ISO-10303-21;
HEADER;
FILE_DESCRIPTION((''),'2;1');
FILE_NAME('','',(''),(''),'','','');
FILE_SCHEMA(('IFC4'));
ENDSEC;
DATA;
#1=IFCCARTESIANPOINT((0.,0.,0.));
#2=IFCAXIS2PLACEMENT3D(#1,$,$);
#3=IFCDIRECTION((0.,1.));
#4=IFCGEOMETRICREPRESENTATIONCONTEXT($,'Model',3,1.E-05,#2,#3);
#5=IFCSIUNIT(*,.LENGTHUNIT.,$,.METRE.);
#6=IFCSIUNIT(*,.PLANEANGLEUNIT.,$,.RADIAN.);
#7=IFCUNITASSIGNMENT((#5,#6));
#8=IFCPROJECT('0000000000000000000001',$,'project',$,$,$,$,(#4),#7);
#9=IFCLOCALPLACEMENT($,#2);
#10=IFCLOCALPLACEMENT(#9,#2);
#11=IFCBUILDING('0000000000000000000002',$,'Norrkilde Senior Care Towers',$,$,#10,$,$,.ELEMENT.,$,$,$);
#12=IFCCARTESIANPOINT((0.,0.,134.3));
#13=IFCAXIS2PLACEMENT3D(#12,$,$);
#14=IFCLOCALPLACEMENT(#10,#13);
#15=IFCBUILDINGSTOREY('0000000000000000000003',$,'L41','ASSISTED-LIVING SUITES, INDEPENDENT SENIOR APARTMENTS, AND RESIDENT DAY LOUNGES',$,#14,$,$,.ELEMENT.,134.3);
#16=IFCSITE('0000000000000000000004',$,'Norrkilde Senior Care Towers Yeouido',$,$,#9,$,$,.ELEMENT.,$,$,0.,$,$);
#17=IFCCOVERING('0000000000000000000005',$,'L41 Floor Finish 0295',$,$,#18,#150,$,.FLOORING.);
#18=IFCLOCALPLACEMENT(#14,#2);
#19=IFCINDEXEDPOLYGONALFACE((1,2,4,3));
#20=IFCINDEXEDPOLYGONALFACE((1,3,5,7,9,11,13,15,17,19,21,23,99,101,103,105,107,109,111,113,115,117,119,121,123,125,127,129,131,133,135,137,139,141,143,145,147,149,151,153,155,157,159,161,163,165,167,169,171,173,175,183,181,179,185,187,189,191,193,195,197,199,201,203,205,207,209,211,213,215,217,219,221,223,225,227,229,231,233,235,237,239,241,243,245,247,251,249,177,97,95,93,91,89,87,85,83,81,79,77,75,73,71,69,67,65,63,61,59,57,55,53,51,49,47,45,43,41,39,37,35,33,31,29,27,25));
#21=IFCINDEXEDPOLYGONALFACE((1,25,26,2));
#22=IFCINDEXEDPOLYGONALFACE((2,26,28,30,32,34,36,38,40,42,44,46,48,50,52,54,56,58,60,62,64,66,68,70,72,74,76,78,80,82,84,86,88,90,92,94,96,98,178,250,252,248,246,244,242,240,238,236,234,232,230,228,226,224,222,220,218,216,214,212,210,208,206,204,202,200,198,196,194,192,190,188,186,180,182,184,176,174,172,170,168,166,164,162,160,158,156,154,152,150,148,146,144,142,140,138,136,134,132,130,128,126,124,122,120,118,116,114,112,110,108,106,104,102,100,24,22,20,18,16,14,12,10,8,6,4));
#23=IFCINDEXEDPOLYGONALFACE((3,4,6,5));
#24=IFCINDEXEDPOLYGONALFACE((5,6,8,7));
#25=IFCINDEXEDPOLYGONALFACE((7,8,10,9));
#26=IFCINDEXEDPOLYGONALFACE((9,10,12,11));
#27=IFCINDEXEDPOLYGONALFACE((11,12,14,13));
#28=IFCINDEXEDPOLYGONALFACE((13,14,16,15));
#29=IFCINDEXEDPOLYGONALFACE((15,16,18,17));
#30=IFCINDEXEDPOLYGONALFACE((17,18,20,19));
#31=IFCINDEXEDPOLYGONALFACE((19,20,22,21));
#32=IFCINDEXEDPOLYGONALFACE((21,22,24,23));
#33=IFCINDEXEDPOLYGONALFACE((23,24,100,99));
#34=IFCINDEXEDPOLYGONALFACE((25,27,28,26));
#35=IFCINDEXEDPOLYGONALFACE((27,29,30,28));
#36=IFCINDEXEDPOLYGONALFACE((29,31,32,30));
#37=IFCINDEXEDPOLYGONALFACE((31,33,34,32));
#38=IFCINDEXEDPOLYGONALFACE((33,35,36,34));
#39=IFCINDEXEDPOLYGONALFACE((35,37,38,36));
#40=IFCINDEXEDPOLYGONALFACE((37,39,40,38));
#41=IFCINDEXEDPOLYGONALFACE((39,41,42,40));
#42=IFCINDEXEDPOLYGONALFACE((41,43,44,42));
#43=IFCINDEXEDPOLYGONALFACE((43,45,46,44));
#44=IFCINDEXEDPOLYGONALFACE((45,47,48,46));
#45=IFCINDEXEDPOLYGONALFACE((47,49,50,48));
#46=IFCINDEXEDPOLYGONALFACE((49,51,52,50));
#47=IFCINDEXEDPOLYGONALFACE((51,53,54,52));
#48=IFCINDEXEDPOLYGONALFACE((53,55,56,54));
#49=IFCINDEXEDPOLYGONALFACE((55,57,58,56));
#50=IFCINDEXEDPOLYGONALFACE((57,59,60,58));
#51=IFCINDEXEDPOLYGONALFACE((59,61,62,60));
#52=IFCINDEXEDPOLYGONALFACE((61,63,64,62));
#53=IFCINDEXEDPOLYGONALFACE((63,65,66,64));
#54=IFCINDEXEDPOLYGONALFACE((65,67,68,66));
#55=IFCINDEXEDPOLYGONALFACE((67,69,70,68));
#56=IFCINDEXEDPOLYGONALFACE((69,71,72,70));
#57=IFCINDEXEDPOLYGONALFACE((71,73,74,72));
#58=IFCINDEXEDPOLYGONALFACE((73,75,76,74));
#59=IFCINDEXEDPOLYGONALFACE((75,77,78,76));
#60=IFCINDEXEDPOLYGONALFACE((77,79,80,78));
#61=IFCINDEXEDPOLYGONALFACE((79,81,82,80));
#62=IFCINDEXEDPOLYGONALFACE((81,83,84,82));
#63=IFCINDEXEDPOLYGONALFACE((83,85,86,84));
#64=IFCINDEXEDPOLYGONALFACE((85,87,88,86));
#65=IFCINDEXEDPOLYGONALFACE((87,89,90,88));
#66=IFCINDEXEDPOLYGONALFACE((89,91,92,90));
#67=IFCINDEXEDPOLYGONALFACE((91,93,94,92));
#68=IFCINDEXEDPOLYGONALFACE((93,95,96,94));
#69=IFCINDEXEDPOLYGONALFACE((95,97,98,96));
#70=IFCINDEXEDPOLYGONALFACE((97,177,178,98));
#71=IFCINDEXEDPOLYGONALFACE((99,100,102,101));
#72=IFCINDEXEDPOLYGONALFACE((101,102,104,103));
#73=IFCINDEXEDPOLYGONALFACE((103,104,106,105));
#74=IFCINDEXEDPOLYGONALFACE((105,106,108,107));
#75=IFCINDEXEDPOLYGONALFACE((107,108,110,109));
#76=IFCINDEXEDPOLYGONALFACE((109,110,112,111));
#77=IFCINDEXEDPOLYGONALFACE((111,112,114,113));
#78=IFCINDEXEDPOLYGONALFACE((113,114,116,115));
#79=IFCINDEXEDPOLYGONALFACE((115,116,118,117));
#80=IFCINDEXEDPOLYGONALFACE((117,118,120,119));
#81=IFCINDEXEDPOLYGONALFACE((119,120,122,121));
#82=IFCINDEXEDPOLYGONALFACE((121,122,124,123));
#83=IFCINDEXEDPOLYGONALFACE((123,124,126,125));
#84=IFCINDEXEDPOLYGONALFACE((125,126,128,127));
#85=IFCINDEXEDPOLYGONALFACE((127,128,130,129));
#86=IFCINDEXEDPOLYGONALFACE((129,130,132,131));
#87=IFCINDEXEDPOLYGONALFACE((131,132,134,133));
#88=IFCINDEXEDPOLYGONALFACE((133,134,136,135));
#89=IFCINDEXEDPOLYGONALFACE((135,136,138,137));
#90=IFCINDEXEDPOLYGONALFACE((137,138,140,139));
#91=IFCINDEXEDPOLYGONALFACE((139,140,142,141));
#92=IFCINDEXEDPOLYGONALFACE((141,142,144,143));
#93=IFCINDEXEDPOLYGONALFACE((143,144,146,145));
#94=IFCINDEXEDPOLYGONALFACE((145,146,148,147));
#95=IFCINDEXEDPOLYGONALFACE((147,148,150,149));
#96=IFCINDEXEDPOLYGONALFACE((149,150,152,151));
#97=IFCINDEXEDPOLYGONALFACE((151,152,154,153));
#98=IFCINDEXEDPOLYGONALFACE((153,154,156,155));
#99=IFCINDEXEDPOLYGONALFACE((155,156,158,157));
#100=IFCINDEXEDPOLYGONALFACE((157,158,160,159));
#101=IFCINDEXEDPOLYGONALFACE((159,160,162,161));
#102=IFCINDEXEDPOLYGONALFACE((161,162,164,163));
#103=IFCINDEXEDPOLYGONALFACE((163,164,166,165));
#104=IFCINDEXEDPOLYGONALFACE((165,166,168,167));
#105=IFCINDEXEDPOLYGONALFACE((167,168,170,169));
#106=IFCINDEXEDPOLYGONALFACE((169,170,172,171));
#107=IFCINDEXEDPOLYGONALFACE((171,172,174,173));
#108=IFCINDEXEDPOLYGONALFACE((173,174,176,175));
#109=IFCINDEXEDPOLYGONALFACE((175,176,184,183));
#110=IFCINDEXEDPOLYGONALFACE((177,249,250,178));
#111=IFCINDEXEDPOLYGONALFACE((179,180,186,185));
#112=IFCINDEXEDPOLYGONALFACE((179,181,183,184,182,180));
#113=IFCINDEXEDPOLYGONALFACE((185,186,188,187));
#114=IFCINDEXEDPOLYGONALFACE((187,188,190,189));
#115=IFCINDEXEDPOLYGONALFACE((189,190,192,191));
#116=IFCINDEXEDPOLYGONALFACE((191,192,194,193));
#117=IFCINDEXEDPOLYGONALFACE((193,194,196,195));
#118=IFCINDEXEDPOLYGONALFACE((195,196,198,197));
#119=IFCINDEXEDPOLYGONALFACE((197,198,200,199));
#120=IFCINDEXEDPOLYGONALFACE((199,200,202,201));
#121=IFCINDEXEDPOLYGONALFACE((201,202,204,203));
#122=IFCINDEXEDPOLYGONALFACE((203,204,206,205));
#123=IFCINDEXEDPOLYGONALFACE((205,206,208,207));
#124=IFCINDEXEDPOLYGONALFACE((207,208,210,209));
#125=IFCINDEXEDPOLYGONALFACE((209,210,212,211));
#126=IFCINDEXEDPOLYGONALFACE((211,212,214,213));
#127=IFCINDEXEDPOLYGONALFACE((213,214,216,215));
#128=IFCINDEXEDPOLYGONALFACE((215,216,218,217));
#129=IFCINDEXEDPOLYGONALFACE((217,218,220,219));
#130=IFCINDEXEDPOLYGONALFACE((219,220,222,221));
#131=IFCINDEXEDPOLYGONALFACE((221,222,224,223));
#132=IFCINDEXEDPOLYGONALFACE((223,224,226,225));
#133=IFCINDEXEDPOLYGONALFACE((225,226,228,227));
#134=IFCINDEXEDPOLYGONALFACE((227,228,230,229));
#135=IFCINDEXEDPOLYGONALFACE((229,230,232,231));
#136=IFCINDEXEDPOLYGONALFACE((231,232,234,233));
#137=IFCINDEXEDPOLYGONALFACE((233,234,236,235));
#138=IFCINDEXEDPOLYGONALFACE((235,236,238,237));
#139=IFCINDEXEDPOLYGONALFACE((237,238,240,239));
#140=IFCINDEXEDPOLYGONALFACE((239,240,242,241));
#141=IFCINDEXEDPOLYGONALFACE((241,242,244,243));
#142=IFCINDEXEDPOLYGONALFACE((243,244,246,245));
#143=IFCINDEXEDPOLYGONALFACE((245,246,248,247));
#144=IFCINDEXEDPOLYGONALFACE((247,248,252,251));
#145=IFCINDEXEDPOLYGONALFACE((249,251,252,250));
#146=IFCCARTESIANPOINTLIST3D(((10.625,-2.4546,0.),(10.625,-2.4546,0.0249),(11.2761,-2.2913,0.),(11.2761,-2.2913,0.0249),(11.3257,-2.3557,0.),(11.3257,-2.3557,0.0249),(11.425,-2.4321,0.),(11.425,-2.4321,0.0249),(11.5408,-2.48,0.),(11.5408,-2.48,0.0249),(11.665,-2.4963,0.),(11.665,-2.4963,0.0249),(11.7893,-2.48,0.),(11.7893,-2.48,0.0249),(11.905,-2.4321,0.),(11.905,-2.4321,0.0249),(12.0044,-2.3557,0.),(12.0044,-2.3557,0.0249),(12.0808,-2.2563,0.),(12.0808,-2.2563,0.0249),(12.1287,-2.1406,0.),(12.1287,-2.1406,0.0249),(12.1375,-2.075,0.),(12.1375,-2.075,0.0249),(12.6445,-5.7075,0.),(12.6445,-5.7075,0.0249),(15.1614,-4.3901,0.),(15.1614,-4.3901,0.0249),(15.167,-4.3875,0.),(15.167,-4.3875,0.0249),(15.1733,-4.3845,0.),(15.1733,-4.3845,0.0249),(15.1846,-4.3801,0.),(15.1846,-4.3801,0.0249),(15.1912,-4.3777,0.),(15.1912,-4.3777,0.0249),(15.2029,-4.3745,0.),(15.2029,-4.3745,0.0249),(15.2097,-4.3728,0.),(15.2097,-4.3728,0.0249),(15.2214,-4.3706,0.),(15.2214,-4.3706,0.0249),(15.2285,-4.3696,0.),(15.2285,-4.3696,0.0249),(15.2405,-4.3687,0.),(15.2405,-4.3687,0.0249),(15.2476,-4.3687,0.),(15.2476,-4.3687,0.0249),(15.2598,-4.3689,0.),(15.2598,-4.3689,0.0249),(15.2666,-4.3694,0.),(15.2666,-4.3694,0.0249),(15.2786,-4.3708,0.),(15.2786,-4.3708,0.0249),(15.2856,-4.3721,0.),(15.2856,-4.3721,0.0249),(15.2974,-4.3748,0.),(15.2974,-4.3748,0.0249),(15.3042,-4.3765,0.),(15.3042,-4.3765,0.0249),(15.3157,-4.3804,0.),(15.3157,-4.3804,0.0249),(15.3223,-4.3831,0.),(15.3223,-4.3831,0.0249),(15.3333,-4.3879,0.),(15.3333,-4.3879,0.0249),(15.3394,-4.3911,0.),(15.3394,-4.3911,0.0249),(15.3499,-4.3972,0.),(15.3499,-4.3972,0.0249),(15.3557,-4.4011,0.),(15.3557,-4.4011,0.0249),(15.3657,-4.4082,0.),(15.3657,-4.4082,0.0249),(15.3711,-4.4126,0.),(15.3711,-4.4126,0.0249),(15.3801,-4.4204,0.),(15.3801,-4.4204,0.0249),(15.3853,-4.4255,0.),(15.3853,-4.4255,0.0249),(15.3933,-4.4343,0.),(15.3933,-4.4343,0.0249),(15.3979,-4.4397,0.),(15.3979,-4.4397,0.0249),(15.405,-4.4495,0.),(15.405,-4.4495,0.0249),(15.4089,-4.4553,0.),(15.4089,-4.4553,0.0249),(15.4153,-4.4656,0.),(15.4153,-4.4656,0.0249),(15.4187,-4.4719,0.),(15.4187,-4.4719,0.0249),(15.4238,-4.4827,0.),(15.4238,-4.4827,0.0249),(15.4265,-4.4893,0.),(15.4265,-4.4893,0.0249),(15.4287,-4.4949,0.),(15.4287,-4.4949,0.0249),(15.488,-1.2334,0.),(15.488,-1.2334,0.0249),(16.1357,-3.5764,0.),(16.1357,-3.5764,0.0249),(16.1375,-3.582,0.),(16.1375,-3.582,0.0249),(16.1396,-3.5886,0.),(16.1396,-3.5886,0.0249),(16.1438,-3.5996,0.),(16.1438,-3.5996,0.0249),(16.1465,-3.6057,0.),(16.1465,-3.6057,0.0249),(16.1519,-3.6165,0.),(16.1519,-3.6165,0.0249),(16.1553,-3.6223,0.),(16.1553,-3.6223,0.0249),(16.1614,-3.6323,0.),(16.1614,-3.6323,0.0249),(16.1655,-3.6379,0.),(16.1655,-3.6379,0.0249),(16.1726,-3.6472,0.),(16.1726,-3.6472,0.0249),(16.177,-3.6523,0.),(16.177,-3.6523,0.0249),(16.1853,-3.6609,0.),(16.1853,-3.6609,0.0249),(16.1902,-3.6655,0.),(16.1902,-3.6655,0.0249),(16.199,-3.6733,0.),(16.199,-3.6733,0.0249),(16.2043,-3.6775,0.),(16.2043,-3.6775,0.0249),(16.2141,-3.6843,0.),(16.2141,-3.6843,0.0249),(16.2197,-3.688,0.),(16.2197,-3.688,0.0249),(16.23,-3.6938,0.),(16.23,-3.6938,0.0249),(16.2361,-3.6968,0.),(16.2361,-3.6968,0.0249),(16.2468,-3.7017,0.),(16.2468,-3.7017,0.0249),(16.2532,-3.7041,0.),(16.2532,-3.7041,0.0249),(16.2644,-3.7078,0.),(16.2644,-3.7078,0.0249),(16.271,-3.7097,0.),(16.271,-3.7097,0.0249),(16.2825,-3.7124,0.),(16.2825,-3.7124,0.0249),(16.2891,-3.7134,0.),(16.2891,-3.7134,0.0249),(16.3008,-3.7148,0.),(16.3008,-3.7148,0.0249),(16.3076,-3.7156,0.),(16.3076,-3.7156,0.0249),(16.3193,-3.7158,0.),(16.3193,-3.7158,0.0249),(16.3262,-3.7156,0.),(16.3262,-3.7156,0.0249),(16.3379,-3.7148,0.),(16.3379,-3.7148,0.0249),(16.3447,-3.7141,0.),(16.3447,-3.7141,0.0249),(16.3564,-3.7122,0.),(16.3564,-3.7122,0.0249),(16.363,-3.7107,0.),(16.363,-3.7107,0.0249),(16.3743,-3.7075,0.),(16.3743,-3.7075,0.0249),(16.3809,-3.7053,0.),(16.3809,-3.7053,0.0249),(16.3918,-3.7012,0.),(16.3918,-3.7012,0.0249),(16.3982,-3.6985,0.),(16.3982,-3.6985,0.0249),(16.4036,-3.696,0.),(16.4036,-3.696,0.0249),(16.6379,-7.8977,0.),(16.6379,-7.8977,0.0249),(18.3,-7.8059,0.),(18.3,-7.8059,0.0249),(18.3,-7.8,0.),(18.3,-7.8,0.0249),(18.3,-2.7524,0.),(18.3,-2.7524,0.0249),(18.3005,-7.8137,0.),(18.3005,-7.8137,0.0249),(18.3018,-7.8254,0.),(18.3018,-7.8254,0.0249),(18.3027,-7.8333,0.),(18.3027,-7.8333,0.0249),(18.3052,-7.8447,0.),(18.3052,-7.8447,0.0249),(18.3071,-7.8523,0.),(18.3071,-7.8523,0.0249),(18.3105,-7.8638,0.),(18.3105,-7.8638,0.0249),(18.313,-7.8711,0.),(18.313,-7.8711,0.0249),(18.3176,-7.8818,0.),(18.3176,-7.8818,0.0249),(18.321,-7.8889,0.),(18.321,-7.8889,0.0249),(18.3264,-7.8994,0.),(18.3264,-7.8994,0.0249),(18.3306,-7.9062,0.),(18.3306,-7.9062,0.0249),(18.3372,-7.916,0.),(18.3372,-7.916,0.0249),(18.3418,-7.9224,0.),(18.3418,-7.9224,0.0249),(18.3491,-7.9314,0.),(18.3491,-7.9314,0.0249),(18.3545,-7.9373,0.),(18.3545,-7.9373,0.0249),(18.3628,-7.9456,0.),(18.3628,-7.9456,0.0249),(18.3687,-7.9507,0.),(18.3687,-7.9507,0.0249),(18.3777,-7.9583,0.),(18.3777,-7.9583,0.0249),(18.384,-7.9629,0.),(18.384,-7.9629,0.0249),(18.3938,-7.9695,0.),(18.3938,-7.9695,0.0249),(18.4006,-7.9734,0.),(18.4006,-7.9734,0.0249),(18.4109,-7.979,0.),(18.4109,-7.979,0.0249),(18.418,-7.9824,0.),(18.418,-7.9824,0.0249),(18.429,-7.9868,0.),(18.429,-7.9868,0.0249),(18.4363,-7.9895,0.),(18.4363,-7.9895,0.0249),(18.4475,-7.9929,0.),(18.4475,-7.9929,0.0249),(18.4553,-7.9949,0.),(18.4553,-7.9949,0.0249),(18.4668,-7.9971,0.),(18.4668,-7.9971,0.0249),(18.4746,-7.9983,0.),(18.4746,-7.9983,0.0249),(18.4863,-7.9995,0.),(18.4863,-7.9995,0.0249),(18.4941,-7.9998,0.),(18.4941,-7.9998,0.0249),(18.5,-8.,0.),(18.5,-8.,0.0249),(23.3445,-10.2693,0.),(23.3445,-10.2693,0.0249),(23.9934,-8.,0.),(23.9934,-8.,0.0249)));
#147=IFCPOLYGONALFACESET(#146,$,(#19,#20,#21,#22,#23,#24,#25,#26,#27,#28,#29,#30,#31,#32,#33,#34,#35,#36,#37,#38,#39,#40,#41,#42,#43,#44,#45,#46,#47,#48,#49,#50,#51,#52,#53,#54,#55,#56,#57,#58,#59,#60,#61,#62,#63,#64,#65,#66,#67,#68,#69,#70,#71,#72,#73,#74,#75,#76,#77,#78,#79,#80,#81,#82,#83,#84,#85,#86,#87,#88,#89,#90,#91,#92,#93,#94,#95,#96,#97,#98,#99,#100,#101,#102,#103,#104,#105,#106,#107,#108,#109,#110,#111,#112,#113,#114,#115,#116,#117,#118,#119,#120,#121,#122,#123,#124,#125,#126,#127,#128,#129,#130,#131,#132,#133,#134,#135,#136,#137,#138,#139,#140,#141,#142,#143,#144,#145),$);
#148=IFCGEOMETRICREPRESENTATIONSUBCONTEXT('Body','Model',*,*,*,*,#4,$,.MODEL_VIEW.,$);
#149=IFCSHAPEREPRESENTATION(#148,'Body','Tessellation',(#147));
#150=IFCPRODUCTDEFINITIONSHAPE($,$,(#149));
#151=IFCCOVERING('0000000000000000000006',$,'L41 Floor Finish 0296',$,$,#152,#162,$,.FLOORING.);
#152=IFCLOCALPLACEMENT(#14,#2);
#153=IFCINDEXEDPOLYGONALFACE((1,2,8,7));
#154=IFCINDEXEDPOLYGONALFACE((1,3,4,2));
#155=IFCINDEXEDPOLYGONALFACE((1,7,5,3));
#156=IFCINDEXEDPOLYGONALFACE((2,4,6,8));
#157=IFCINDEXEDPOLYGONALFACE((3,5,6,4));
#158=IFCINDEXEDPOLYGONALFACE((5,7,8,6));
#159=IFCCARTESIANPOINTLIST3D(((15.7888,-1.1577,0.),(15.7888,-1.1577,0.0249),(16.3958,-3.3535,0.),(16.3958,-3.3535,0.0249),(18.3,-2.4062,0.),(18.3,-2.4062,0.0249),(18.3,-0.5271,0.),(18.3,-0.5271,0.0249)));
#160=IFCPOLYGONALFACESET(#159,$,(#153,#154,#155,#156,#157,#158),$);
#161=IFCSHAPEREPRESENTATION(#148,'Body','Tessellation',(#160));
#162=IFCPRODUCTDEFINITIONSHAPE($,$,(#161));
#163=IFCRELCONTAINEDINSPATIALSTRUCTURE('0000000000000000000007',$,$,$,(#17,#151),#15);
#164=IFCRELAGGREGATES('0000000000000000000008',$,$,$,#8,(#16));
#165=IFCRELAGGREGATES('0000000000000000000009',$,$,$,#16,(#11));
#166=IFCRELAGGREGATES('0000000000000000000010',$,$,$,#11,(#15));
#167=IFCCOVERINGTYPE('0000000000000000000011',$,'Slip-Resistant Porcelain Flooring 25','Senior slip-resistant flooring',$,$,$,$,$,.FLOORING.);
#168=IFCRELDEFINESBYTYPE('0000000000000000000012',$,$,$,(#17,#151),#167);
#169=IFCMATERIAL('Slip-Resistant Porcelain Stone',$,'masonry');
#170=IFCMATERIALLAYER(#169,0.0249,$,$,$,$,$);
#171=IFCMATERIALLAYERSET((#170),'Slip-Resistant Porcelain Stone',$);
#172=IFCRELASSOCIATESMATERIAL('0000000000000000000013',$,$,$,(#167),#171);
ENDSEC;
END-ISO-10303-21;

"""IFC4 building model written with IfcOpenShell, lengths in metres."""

from ifc_helpers import new_model, si_unit, direction, frame, origin, place, context, subcontext, project, spatial, polyline, outline, extrude, material, layer, layer_set, type_object, element, save


model = new_model("IFC4")

# Units and contexts
model_context = context("Model", 3, precision=1e-05, world=origin(), true_north=direction((0.0, 1.0)))
body_context = subcontext(model_context, "Body", "Model", "MODEL_VIEW")
ifc_project = project(units=[si_unit("LENGTHUNIT", "METRE"), si_unit("PLANEANGLEUNIT", "RADIAN")], contexts=[model_context])

# Site, building, storey
site_placement = place(None, origin())
site = spatial("IfcSite", under=ifc_project, at=site_placement, Name="Norrkilde Senior Care Towers Yeouido", CompositionType="ELEMENT", RefElevation=0.0)
building_placement = place(site_placement, origin())
building = spatial("IfcBuilding", under=site, at=building_placement, Name="Norrkilde Senior Care Towers", CompositionType="ELEMENT")
storey_placement = place(building_placement, frame((0.0, 0.0, 134.3)))
storey = spatial("IfcBuildingStorey", under=building, at=storey_placement, Name="L41", Description="ASSISTED-LIVING SUITES, INDEPENDENT SENIOR APARTMENTS, AND RESIDENT DAY LOUNGES", CompositionType="ELEMENT", Elevation=134.3)

# Coverings
ifc_material_1 = material(Name="Slip-Resistant Porcelain Stone", Category="masonry")
ifc_layer_1 = layer(ifc_material_1, 0.0249)
ifc_layer_set_1 = layer_set([ifc_layer_1], Name="Slip-Resistant Porcelain Stone")
covering_type_1 = type_object("IfcCoveringType", Name="Slip-Resistant Porcelain Flooring 25", Description="Senior slip-resistant flooring", PredefinedType="FLOORING", material=ifc_layer_set_1)
covering_1_placement = place(storey_placement, origin())
element("IfcCovering", 1, at=covering_1_placement, inside=storey, type_object=covering_type_1, Name="L41 Floor Finish 0295", PredefinedType="FLOORING", context=body_context, shape_type="SweptSolid", body=[
    extrude(outline(polyline([(16.1438, -3.5996), (16.1465, -3.6057), (16.1519, -3.6165), (16.1553, -3.6223), (16.1614, -3.6323), (16.1655, -3.6379), (16.1726, -3.6472), (16.177, -3.6523), (16.1853, -3.6609), (16.1902, -3.6655), (16.199, -3.6733), (16.2043, -3.6775), (16.2141, -3.6843), (16.2197, -3.688), (16.23, -3.6938), (16.2361, -3.6968), (16.2468, -3.7017), (16.2532, -3.7041), (16.2644, -3.7078), (16.271, -3.7097), (16.2825, -3.7124), (16.2891, -3.7134), (16.3008, -3.7148), (16.3076, -3.7156), (16.3193, -3.7158), (16.3262, -3.7156), (16.3379, -3.7148), (16.3447, -3.7141), (16.3564, -3.7122), (16.363, -3.7107), (16.3743, -3.7075), (16.3809, -3.7053), (16.3918, -3.7012), (16.3982, -3.6985), (16.4036, -3.696), (18.3, -2.7524), (18.3, -7.8), (18.3, -7.8059), (18.3005, -7.8137), (18.3018, -7.8254), (18.3027, -7.8333), (18.3052, -7.8447), (18.3071, -7.8523), (18.3105, -7.8638), (18.313, -7.8711), (18.3176, -7.8818), (18.321, -7.8889), (18.3264, -7.8994), (18.3306, -7.9062), (18.3372, -7.916), (18.3418, -7.9224), (18.3491, -7.9314), (18.3545, -7.9373), (18.3628, -7.9456), (18.3687, -7.9507), (18.3777, -7.9583), (18.384, -7.9629), (18.3938, -7.9695), (18.4006, -7.9734), (18.4109, -7.979), (18.418, -7.9824), (18.429, -7.9868), (18.4363, -7.9895), (18.4475, -7.9929), (18.4553, -7.9949), (18.4668, -7.9971), (18.4746, -7.9983), (18.4863, -7.9995), (18.4941, -7.9998), (18.5, -8.0), (23.9934, -8.0), (23.3445, -10.2693), (16.6379, -7.8977), (15.4287, -4.4949), (15.4265, -4.4893), (15.4238, -4.4827), (15.4187, -4.4719), (15.4153, -4.4656), (15.4089, -4.4553), (15.405, -4.4495), (15.3979, -4.4397), (15.3933, -4.4343), (15.3853, -4.4255), (15.3801, -4.4204), (15.3711, -4.4126), (15.3657, -4.4082), (15.3557, -4.4011), (15.3499, -4.3972), (15.3394, -4.3911), (15.3333, -4.3879), (15.3223, -4.3831), (15.3157, -4.3804), (15.3042, -4.3765), (15.2974, -4.3748), (15.2856, -4.3721), (15.2786, -4.3708), (15.2666, -4.3694), (15.2598, -4.3689), (15.2476, -4.3687), (15.2405, -4.3687), (15.2285, -4.3696), (15.2214, -4.3706), (15.2097, -4.3728), (15.2029, -4.3745), (15.1912, -4.3777), (15.1846, -4.3801), (15.1733, -4.3845), (15.167, -4.3875), (15.1614, -4.3901), (12.6445, -5.7075), (10.625, -2.4546), (11.2761, -2.2913), (11.3257, -2.3557), (11.425, -2.4321), (11.5408, -2.48), (11.665, -2.4963), (11.7893, -2.48), (11.905, -2.4321), (12.0044, -2.3557), (12.0808, -2.2563), (12.1287, -2.1406), (12.1375, -2.075), (15.488, -1.2334), (16.1357, -3.5764), (16.1375, -3.582), (16.1396, -3.5886), (16.1438, -3.5996)])), origin(), (0.0, 0.0, 1.0), 0.0249),
])
covering_2_placement = place(storey_placement, origin())
element("IfcCovering", 2, at=covering_2_placement, inside=storey, type_object=covering_type_1, Name="L41 Floor Finish 0296", PredefinedType="FLOORING", context=body_context, shape_type="SweptSolid", body=[
    extrude(outline(polyline([(15.7888, -1.1577), (18.3, -0.5271), (18.3, -2.4062), (16.3958, -3.3535), (15.7888, -1.1577)])), origin(), (0.0, 0.0, 1.0), 0.0249),
])

save(model, "model.ifc")
